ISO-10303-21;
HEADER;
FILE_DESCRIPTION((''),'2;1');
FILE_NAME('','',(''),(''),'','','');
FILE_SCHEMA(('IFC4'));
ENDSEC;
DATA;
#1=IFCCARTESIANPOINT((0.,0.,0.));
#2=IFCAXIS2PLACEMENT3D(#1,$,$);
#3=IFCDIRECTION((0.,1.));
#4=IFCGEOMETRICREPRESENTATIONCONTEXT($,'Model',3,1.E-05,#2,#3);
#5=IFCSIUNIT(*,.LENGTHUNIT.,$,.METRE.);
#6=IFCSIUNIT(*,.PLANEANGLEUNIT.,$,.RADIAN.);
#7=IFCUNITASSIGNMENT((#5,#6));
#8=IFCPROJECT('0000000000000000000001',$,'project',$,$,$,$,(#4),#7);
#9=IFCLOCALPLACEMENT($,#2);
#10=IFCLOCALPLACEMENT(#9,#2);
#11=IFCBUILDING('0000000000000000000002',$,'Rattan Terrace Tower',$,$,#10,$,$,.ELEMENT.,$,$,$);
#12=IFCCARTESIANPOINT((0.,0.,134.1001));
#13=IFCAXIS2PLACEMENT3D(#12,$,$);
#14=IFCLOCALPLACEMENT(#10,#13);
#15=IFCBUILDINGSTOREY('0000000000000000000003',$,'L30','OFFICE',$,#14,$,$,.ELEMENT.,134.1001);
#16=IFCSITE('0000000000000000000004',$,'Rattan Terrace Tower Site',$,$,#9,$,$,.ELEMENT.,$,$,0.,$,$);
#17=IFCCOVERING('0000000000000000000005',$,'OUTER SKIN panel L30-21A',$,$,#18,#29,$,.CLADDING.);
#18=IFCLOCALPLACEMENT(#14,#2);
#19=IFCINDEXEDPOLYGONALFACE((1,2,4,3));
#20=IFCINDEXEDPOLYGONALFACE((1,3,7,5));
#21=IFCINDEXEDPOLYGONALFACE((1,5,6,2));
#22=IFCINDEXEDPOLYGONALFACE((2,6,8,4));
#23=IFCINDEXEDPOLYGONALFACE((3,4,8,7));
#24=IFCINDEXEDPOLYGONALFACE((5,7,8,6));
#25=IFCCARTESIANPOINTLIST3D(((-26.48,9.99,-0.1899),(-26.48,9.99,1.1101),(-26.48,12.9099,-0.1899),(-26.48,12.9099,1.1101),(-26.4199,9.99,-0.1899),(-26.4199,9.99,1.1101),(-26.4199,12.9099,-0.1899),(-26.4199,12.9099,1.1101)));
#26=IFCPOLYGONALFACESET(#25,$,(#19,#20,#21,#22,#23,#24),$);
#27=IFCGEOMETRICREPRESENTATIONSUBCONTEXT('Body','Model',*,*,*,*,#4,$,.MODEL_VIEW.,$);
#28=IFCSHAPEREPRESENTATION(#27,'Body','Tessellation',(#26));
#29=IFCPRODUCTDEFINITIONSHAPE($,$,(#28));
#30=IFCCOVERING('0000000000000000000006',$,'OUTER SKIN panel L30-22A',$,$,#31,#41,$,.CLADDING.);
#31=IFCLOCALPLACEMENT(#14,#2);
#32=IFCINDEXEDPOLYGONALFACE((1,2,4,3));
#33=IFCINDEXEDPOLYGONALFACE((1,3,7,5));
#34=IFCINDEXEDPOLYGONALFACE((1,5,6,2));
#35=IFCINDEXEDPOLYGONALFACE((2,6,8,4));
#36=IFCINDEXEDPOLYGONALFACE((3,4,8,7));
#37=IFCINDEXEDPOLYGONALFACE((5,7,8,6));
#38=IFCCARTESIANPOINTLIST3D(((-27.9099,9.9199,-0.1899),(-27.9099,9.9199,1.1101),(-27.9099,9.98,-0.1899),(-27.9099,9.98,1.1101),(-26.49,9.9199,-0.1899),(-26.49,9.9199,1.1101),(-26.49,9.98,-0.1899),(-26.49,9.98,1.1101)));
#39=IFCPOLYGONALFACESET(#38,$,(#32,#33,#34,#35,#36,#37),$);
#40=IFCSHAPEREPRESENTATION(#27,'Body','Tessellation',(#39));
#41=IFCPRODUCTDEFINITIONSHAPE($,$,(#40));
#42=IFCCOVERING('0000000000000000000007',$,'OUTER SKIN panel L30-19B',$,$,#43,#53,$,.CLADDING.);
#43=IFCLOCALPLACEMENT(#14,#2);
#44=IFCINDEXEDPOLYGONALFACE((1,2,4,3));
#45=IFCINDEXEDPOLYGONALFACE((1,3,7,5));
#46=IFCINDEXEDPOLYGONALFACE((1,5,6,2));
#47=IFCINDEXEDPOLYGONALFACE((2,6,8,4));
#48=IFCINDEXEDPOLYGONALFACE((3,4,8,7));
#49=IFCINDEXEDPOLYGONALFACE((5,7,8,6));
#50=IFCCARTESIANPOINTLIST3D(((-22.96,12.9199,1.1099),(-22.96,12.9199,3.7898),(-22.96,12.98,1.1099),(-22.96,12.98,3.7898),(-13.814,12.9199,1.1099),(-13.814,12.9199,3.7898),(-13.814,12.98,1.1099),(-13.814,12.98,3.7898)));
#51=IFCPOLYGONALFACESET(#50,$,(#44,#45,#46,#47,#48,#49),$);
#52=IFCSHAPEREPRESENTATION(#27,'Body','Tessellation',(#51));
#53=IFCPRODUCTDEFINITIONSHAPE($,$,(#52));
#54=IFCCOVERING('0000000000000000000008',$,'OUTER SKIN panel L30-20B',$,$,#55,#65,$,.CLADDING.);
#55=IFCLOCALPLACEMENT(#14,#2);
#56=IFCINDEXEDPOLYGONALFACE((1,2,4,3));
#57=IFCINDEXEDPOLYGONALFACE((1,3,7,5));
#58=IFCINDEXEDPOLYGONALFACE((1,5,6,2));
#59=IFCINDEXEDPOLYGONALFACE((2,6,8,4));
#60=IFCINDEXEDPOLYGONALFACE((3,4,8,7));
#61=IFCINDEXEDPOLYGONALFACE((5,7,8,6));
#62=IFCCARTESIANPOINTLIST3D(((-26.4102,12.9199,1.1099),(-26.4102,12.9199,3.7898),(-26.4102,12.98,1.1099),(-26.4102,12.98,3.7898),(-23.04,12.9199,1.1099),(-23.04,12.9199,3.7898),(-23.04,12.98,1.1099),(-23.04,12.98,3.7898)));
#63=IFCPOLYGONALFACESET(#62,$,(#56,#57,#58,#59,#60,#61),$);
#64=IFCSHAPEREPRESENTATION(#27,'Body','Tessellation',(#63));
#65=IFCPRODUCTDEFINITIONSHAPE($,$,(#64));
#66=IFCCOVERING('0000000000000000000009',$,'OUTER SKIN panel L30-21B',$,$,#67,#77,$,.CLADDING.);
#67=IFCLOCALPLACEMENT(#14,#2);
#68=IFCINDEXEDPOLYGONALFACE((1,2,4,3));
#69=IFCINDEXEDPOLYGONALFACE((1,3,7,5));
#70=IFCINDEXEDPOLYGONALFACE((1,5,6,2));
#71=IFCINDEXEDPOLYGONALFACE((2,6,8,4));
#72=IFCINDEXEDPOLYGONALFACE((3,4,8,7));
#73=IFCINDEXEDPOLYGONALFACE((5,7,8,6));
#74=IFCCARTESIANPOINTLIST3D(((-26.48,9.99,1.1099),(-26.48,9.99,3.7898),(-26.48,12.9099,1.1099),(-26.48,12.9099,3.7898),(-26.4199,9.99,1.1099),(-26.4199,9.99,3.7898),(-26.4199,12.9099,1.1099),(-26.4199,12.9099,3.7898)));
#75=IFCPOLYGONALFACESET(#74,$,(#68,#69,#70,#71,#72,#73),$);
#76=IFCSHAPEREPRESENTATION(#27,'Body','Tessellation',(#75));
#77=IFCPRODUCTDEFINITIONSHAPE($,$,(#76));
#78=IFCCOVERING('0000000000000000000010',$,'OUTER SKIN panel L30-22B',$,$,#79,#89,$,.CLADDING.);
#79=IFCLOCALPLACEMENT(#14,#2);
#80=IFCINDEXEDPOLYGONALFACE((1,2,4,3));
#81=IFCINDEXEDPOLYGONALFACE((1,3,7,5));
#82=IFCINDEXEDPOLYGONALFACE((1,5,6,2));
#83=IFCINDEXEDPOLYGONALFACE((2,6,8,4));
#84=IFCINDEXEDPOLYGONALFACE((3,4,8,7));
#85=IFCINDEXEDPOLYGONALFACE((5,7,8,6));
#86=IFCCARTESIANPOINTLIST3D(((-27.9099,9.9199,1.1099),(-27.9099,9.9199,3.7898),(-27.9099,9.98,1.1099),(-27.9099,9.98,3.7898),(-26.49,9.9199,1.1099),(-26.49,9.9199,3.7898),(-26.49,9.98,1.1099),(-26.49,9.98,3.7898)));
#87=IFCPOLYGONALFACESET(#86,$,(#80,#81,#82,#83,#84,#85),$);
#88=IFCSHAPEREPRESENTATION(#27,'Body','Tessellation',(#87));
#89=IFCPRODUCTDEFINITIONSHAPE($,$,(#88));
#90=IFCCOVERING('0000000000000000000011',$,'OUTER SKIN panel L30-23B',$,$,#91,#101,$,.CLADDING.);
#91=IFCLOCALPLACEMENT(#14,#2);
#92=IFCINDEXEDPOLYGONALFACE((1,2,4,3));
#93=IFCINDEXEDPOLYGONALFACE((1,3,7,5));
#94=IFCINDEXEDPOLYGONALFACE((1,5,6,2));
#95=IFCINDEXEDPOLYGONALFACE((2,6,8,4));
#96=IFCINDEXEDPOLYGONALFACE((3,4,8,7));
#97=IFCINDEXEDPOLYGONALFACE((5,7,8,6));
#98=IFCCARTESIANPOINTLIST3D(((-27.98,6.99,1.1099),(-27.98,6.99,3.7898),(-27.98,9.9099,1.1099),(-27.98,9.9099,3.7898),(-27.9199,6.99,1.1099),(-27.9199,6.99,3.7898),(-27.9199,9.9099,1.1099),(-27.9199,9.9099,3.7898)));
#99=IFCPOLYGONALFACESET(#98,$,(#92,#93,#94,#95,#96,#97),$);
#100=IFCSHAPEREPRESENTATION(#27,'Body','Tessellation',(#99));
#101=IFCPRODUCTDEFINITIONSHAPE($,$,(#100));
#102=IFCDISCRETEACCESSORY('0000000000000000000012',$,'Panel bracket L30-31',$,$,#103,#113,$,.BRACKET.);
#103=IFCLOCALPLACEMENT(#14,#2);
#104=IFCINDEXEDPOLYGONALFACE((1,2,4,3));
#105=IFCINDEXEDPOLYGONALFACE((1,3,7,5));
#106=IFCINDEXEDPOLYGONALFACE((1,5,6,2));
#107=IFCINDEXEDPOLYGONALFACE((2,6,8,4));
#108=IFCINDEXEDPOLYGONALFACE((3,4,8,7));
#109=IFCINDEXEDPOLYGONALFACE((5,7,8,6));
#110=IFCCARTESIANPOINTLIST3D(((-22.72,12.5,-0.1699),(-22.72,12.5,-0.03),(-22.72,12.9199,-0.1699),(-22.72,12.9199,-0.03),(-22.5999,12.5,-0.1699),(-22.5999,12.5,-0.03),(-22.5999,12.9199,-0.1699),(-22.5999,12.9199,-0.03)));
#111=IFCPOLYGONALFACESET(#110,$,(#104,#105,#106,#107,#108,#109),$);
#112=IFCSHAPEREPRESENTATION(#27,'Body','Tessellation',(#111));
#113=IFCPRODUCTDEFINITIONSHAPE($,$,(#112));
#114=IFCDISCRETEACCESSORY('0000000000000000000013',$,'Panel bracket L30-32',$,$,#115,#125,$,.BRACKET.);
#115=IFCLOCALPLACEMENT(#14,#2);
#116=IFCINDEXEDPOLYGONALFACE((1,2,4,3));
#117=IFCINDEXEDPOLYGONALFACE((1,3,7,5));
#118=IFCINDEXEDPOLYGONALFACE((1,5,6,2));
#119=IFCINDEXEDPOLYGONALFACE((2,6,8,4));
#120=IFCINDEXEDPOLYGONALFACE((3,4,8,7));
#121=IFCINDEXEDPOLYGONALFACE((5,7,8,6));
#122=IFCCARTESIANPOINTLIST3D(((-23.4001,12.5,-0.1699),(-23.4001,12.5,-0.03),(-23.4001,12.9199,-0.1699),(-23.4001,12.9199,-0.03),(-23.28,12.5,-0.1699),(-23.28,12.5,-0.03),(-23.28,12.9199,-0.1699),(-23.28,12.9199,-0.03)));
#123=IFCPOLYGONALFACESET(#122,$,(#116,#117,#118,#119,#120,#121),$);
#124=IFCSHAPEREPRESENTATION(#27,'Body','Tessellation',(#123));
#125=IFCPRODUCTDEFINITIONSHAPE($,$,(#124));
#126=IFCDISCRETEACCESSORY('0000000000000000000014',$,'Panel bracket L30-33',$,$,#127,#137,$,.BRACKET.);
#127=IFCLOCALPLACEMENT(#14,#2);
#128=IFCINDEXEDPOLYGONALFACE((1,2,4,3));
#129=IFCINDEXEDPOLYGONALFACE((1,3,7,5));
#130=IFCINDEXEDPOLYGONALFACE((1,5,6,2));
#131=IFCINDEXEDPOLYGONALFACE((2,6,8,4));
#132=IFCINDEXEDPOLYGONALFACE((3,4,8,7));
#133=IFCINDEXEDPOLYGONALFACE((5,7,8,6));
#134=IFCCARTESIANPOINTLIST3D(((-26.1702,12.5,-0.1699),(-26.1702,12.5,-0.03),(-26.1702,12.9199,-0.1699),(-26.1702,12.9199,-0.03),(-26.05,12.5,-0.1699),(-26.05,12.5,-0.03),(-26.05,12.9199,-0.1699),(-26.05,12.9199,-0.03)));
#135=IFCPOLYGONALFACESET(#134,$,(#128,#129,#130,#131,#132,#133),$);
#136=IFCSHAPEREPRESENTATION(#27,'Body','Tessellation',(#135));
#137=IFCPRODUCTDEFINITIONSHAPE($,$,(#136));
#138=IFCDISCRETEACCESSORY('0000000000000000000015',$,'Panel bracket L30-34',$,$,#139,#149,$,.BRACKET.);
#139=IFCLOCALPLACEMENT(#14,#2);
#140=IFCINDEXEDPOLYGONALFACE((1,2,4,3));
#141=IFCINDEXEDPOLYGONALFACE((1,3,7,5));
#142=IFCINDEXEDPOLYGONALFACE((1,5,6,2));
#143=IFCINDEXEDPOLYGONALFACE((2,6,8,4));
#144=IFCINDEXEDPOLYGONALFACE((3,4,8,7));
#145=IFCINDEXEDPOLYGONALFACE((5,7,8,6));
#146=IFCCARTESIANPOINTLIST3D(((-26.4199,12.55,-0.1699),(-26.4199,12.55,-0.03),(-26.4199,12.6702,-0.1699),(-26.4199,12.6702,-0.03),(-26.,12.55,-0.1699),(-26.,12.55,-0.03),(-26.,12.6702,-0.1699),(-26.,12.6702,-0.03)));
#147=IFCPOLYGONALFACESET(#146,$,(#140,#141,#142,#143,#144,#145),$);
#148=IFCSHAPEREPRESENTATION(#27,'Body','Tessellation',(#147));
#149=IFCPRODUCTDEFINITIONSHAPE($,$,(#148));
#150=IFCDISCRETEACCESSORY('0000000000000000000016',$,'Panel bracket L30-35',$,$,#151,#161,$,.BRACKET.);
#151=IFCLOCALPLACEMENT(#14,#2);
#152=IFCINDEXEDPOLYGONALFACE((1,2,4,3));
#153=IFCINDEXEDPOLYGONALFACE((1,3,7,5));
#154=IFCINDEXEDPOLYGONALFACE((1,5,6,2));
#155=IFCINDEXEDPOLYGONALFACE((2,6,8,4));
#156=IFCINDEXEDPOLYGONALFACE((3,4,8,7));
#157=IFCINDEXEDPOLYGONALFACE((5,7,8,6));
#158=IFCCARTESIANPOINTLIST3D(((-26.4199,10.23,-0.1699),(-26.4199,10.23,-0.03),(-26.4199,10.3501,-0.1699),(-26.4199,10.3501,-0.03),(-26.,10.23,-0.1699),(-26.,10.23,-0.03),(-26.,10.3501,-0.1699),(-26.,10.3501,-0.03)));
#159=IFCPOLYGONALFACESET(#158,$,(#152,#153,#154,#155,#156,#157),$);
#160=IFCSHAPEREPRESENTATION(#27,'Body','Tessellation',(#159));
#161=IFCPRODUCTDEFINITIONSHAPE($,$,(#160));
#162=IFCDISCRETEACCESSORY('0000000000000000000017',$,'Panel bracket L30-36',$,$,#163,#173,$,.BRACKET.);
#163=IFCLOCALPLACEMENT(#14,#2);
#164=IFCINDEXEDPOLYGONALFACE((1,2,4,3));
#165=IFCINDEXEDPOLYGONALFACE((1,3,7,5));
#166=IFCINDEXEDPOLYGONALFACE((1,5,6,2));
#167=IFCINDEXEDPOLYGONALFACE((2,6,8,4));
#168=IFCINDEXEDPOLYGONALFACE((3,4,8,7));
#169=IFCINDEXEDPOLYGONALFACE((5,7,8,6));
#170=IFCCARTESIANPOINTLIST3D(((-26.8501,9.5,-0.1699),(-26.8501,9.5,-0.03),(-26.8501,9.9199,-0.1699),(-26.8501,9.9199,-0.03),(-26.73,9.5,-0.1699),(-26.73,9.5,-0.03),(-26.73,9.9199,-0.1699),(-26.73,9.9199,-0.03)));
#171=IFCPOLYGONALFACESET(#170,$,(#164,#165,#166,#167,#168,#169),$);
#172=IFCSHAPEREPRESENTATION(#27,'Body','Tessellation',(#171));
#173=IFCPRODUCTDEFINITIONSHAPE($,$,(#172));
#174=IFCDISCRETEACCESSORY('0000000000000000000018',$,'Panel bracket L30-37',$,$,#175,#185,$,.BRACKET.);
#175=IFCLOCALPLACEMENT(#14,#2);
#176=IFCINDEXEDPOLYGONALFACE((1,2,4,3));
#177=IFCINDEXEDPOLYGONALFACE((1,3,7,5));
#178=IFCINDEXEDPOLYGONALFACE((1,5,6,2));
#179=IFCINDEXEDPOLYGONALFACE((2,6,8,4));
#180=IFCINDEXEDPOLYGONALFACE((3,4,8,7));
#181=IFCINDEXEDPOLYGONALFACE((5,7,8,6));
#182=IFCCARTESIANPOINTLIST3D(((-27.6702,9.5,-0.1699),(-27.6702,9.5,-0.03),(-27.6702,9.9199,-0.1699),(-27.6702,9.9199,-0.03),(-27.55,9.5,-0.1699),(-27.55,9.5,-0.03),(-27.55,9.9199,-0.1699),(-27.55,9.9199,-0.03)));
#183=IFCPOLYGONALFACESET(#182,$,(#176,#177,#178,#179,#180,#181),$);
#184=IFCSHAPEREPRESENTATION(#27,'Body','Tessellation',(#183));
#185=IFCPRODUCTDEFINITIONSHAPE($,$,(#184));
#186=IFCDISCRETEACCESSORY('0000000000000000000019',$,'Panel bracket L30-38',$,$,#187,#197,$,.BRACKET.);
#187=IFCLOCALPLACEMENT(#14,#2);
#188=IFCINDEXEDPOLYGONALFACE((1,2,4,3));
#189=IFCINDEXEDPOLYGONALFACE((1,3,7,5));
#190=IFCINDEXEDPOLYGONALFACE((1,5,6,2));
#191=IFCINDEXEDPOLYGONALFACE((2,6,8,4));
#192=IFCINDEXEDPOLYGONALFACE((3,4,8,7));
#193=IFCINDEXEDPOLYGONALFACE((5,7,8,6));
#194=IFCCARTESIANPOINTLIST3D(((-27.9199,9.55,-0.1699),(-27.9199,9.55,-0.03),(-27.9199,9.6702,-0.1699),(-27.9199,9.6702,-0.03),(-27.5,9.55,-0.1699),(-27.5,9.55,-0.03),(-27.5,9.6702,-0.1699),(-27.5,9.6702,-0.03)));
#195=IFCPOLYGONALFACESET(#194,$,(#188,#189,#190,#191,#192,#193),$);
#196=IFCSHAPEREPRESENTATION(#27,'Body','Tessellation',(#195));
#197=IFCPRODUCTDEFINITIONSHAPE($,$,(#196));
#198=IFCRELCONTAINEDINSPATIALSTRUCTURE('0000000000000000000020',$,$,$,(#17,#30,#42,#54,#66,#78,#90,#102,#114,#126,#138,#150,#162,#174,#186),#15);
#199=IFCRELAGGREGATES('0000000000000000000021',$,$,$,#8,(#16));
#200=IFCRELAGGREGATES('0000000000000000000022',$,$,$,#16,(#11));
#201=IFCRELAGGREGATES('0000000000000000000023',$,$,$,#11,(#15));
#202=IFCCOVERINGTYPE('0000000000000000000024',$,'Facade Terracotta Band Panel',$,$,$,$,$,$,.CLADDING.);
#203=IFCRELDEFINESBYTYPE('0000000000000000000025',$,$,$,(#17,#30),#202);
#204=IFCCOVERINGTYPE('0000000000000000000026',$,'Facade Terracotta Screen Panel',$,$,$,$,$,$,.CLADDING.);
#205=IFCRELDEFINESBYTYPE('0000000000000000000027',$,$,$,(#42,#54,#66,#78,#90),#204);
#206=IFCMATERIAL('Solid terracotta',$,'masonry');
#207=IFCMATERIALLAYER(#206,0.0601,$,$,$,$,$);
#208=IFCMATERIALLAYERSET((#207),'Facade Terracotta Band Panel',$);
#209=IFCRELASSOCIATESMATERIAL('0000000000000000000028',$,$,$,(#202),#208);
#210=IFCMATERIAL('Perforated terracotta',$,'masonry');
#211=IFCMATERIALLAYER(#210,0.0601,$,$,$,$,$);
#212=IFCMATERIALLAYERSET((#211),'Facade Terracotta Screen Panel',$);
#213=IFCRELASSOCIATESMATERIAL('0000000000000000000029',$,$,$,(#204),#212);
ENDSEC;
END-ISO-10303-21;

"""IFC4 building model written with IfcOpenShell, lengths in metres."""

from ifc_helpers import new_model, si_unit, direction, frame, origin, origin_2d, place, context, subcontext, project, spatial, rectangle, extrude, material, layer, layer_set, type_object, element, save


model = new_model("IFC4")

# Units and contexts
model_context = context("Model", 3, precision=1e-05, world=origin(), true_north=direction((0.0, 1.0)))
body_context = subcontext(model_context, "Body", "Model", "MODEL_VIEW")
ifc_project = project(units=[si_unit("LENGTHUNIT", "METRE"), si_unit("PLANEANGLEUNIT", "RADIAN")], contexts=[model_context])

# Site, building, storey
site_placement = place(None, origin())
site = spatial("IfcSite", under=ifc_project, at=site_placement, Name="Rattan Terrace Tower Site", CompositionType="ELEMENT", RefElevation=0.0)
building_placement = place(site_placement, origin())
building = spatial("IfcBuilding", under=site, at=building_placement, Name="Rattan Terrace Tower", CompositionType="ELEMENT")
storey_placement = place(building_placement, frame((0.0, 0.0, 134.1001)))
storey = spatial("IfcBuildingStorey", under=building, at=storey_placement, Name="L30", Description="OFFICE", CompositionType="ELEMENT", Elevation=134.1001)

# Coverings
ifc_material_1 = material(Name="Solid terracotta", Category="masonry")
ifc_layer_1 = layer(ifc_material_1, 0.0601)
ifc_layer_set_1 = layer_set([ifc_layer_1], Name="Facade Terracotta Band Panel")
covering_type_1 = type_object("IfcCoveringType", Name="Facade Terracotta Band Panel", PredefinedType="CLADDING", material=ifc_layer_set_1)
covering_1_placement = place(storey_placement, frame((-26.45, 11.45, -0.1899), z_axis=(0.0, 0.0, 1.0), x_axis=(0.0, -1.0, 0.0)))
element("IfcCovering", 1, at=covering_1_placement, inside=storey, type_object=covering_type_1, Name="OUTER SKIN panel L30-21A", PredefinedType="CLADDING", context=body_context, shape_type="SweptSolid", body=[
    extrude(rectangle(XDim=2.9199, YDim=0.0601, at=origin_2d()), origin(), (0.0, 0.0, 1.0), 1.3),
])
covering_2_placement = place(storey_placement, frame((-27.2, 9.95, -0.1899), z_axis=(0.0, 0.0, 1.0), x_axis=(-1.0, 0.0, 0.0)))
element("IfcCovering", 2, at=covering_2_placement, inside=storey, type_object=covering_type_1, Name="OUTER SKIN panel L30-22A", PredefinedType="CLADDING", context=body_context, shape_type="SweptSolid", body=[
    extrude(rectangle(XDim=1.4199, YDim=0.0601, at=origin_2d()), origin(), (0.0, 0.0, 1.0), 1.3),
])
ifc_material_2 = material(Name="Perforated terracotta", Category="masonry")
ifc_layer_2 = layer(ifc_material_2, 0.0601)
ifc_layer_set_2 = layer_set([ifc_layer_2], Name="Facade Terracotta Screen Panel")
covering_type_2 = type_object("IfcCoveringType", Name="Facade Terracotta Screen Panel", PredefinedType="CLADDING", material=ifc_layer_set_2)
covering_3_placement = place(storey_placement, frame((-18.387, 12.95, 1.1099), z_axis=(0.0, 0.0, 1.0), x_axis=(-1.0, 0.0, 0.0)))
element("IfcCovering", 3, at=covering_3_placement, inside=storey, type_object=covering_type_2, Name="OUTER SKIN panel L30-19B", PredefinedType="CLADDING", context=body_context, shape_type="SweptSolid", body=[
    extrude(rectangle(XDim=9.146, YDim=0.0601, at=origin_2d()), origin(), (0.0, 0.0, 1.0), 2.6799),
])
covering_4_placement = place(storey_placement, frame((-24.7251, 12.95, 1.1099), z_axis=(0.0, 0.0, 1.0), x_axis=(-1.0, 0.0, 0.0)))
element("IfcCovering", 4, at=covering_4_placement, inside=storey, type_object=covering_type_2, Name="OUTER SKIN panel L30-20B", PredefinedType="CLADDING", context=body_context, shape_type="SweptSolid", body=[
    extrude(rectangle(XDim=3.3701, YDim=0.0601, at=origin_2d()), origin(), (0.0, 0.0, 1.0), 2.6799),
])
covering_5_placement = place(storey_placement, frame((-26.45, 11.45, 1.1099), z_axis=(0.0, 0.0, 1.0), x_axis=(0.0, -1.0, 0.0)))
element("IfcCovering", 5, at=covering_5_placement, inside=storey, type_object=covering_type_2, Name="OUTER SKIN panel L30-21B", PredefinedType="CLADDING", context=body_context, shape_type="SweptSolid", body=[
    extrude(rectangle(XDim=2.9199, YDim=0.0601, at=origin_2d()), origin(), (0.0, 0.0, 1.0), 2.6799),
])
covering_6_placement = place(storey_placement, frame((-27.2, 9.95, 1.1099), z_axis=(0.0, 0.0, 1.0), x_axis=(-1.0, 0.0, 0.0)))
element("IfcCovering", 6, at=covering_6_placement, inside=storey, type_object=covering_type_2, Name="OUTER SKIN panel L30-22B", PredefinedType="CLADDING", context=body_context, shape_type="SweptSolid", body=[
    extrude(rectangle(XDim=1.4199, YDim=0.0601, at=origin_2d()), origin(), (0.0, 0.0, 1.0), 2.6799),
])
covering_7_placement = place(storey_placement, frame((-27.95, 8.45, 1.1099), z_axis=(0.0, 0.0, 1.0), x_axis=(0.0, -1.0, 0.0)))
element("IfcCovering", 7, at=covering_7_placement, inside=storey, type_object=covering_type_2, Name="OUTER SKIN panel L30-23B", PredefinedType="CLADDING", context=body_context, shape_type="SweptSolid", body=[
    extrude(rectangle(XDim=2.9199, YDim=0.0601, at=origin_2d()), origin(), (0.0, 0.0, 1.0), 2.6799),
])

# Discrete accessories
for number, where, z_axis, x_axis, name in (
    (8, (-22.6599, 12.71, -0.1699), (0.0, 0.0, 1.0), (-1.0, 0.0, 0.0), "Panel bracket L30-31"),
    (9, (-23.3401, 12.71, -0.1699), (0.0, 0.0, 1.0), (-1.0, 0.0, 0.0), "Panel bracket L30-32"),
    (10, (-26.1101, 12.71, -0.1699), (0.0, 0.0, 1.0), (-1.0, 0.0, 0.0), "Panel bracket L30-33"),
    (11, (-26.21, 12.6101, -0.1699), (0.0, 0.0, 1.0), (0.0, -1.0, 0.0), "Panel bracket L30-34"),
    (12, (-26.21, 10.29, -0.1699), (0.0, 0.0, 1.0), (0.0, -1.0, 0.0), "Panel bracket L30-35"),
    (13, (-26.79, 9.71, -0.1699), (0.0, 0.0, 1.0), (-1.0, 0.0, 0.0), "Panel bracket L30-36"),
    (14, (-27.6101, 9.71, -0.1699), (0.0, 0.0, 1.0), (-1.0, 0.0, 0.0), "Panel bracket L30-37"),
    (15, (-27.71, 9.6101, -0.1699), (0.0, 0.0, 1.0), (0.0, -1.0, 0.0), "Panel bracket L30-38"),
):
    element("IfcDiscreteAccessory", number, at=place(storey_placement, frame(where, z_axis=z_axis, x_axis=x_axis)), inside=storey, Name=name, PredefinedType="BRACKET", context=body_context, shape_type="SweptSolid", body=[
        extrude(rectangle(XDim=0.1201, YDim=0.4199, at=origin_2d()), origin(), (0.0, 0.0, 1.0), 0.1399),
    ])

save(model, "model.ifc")
